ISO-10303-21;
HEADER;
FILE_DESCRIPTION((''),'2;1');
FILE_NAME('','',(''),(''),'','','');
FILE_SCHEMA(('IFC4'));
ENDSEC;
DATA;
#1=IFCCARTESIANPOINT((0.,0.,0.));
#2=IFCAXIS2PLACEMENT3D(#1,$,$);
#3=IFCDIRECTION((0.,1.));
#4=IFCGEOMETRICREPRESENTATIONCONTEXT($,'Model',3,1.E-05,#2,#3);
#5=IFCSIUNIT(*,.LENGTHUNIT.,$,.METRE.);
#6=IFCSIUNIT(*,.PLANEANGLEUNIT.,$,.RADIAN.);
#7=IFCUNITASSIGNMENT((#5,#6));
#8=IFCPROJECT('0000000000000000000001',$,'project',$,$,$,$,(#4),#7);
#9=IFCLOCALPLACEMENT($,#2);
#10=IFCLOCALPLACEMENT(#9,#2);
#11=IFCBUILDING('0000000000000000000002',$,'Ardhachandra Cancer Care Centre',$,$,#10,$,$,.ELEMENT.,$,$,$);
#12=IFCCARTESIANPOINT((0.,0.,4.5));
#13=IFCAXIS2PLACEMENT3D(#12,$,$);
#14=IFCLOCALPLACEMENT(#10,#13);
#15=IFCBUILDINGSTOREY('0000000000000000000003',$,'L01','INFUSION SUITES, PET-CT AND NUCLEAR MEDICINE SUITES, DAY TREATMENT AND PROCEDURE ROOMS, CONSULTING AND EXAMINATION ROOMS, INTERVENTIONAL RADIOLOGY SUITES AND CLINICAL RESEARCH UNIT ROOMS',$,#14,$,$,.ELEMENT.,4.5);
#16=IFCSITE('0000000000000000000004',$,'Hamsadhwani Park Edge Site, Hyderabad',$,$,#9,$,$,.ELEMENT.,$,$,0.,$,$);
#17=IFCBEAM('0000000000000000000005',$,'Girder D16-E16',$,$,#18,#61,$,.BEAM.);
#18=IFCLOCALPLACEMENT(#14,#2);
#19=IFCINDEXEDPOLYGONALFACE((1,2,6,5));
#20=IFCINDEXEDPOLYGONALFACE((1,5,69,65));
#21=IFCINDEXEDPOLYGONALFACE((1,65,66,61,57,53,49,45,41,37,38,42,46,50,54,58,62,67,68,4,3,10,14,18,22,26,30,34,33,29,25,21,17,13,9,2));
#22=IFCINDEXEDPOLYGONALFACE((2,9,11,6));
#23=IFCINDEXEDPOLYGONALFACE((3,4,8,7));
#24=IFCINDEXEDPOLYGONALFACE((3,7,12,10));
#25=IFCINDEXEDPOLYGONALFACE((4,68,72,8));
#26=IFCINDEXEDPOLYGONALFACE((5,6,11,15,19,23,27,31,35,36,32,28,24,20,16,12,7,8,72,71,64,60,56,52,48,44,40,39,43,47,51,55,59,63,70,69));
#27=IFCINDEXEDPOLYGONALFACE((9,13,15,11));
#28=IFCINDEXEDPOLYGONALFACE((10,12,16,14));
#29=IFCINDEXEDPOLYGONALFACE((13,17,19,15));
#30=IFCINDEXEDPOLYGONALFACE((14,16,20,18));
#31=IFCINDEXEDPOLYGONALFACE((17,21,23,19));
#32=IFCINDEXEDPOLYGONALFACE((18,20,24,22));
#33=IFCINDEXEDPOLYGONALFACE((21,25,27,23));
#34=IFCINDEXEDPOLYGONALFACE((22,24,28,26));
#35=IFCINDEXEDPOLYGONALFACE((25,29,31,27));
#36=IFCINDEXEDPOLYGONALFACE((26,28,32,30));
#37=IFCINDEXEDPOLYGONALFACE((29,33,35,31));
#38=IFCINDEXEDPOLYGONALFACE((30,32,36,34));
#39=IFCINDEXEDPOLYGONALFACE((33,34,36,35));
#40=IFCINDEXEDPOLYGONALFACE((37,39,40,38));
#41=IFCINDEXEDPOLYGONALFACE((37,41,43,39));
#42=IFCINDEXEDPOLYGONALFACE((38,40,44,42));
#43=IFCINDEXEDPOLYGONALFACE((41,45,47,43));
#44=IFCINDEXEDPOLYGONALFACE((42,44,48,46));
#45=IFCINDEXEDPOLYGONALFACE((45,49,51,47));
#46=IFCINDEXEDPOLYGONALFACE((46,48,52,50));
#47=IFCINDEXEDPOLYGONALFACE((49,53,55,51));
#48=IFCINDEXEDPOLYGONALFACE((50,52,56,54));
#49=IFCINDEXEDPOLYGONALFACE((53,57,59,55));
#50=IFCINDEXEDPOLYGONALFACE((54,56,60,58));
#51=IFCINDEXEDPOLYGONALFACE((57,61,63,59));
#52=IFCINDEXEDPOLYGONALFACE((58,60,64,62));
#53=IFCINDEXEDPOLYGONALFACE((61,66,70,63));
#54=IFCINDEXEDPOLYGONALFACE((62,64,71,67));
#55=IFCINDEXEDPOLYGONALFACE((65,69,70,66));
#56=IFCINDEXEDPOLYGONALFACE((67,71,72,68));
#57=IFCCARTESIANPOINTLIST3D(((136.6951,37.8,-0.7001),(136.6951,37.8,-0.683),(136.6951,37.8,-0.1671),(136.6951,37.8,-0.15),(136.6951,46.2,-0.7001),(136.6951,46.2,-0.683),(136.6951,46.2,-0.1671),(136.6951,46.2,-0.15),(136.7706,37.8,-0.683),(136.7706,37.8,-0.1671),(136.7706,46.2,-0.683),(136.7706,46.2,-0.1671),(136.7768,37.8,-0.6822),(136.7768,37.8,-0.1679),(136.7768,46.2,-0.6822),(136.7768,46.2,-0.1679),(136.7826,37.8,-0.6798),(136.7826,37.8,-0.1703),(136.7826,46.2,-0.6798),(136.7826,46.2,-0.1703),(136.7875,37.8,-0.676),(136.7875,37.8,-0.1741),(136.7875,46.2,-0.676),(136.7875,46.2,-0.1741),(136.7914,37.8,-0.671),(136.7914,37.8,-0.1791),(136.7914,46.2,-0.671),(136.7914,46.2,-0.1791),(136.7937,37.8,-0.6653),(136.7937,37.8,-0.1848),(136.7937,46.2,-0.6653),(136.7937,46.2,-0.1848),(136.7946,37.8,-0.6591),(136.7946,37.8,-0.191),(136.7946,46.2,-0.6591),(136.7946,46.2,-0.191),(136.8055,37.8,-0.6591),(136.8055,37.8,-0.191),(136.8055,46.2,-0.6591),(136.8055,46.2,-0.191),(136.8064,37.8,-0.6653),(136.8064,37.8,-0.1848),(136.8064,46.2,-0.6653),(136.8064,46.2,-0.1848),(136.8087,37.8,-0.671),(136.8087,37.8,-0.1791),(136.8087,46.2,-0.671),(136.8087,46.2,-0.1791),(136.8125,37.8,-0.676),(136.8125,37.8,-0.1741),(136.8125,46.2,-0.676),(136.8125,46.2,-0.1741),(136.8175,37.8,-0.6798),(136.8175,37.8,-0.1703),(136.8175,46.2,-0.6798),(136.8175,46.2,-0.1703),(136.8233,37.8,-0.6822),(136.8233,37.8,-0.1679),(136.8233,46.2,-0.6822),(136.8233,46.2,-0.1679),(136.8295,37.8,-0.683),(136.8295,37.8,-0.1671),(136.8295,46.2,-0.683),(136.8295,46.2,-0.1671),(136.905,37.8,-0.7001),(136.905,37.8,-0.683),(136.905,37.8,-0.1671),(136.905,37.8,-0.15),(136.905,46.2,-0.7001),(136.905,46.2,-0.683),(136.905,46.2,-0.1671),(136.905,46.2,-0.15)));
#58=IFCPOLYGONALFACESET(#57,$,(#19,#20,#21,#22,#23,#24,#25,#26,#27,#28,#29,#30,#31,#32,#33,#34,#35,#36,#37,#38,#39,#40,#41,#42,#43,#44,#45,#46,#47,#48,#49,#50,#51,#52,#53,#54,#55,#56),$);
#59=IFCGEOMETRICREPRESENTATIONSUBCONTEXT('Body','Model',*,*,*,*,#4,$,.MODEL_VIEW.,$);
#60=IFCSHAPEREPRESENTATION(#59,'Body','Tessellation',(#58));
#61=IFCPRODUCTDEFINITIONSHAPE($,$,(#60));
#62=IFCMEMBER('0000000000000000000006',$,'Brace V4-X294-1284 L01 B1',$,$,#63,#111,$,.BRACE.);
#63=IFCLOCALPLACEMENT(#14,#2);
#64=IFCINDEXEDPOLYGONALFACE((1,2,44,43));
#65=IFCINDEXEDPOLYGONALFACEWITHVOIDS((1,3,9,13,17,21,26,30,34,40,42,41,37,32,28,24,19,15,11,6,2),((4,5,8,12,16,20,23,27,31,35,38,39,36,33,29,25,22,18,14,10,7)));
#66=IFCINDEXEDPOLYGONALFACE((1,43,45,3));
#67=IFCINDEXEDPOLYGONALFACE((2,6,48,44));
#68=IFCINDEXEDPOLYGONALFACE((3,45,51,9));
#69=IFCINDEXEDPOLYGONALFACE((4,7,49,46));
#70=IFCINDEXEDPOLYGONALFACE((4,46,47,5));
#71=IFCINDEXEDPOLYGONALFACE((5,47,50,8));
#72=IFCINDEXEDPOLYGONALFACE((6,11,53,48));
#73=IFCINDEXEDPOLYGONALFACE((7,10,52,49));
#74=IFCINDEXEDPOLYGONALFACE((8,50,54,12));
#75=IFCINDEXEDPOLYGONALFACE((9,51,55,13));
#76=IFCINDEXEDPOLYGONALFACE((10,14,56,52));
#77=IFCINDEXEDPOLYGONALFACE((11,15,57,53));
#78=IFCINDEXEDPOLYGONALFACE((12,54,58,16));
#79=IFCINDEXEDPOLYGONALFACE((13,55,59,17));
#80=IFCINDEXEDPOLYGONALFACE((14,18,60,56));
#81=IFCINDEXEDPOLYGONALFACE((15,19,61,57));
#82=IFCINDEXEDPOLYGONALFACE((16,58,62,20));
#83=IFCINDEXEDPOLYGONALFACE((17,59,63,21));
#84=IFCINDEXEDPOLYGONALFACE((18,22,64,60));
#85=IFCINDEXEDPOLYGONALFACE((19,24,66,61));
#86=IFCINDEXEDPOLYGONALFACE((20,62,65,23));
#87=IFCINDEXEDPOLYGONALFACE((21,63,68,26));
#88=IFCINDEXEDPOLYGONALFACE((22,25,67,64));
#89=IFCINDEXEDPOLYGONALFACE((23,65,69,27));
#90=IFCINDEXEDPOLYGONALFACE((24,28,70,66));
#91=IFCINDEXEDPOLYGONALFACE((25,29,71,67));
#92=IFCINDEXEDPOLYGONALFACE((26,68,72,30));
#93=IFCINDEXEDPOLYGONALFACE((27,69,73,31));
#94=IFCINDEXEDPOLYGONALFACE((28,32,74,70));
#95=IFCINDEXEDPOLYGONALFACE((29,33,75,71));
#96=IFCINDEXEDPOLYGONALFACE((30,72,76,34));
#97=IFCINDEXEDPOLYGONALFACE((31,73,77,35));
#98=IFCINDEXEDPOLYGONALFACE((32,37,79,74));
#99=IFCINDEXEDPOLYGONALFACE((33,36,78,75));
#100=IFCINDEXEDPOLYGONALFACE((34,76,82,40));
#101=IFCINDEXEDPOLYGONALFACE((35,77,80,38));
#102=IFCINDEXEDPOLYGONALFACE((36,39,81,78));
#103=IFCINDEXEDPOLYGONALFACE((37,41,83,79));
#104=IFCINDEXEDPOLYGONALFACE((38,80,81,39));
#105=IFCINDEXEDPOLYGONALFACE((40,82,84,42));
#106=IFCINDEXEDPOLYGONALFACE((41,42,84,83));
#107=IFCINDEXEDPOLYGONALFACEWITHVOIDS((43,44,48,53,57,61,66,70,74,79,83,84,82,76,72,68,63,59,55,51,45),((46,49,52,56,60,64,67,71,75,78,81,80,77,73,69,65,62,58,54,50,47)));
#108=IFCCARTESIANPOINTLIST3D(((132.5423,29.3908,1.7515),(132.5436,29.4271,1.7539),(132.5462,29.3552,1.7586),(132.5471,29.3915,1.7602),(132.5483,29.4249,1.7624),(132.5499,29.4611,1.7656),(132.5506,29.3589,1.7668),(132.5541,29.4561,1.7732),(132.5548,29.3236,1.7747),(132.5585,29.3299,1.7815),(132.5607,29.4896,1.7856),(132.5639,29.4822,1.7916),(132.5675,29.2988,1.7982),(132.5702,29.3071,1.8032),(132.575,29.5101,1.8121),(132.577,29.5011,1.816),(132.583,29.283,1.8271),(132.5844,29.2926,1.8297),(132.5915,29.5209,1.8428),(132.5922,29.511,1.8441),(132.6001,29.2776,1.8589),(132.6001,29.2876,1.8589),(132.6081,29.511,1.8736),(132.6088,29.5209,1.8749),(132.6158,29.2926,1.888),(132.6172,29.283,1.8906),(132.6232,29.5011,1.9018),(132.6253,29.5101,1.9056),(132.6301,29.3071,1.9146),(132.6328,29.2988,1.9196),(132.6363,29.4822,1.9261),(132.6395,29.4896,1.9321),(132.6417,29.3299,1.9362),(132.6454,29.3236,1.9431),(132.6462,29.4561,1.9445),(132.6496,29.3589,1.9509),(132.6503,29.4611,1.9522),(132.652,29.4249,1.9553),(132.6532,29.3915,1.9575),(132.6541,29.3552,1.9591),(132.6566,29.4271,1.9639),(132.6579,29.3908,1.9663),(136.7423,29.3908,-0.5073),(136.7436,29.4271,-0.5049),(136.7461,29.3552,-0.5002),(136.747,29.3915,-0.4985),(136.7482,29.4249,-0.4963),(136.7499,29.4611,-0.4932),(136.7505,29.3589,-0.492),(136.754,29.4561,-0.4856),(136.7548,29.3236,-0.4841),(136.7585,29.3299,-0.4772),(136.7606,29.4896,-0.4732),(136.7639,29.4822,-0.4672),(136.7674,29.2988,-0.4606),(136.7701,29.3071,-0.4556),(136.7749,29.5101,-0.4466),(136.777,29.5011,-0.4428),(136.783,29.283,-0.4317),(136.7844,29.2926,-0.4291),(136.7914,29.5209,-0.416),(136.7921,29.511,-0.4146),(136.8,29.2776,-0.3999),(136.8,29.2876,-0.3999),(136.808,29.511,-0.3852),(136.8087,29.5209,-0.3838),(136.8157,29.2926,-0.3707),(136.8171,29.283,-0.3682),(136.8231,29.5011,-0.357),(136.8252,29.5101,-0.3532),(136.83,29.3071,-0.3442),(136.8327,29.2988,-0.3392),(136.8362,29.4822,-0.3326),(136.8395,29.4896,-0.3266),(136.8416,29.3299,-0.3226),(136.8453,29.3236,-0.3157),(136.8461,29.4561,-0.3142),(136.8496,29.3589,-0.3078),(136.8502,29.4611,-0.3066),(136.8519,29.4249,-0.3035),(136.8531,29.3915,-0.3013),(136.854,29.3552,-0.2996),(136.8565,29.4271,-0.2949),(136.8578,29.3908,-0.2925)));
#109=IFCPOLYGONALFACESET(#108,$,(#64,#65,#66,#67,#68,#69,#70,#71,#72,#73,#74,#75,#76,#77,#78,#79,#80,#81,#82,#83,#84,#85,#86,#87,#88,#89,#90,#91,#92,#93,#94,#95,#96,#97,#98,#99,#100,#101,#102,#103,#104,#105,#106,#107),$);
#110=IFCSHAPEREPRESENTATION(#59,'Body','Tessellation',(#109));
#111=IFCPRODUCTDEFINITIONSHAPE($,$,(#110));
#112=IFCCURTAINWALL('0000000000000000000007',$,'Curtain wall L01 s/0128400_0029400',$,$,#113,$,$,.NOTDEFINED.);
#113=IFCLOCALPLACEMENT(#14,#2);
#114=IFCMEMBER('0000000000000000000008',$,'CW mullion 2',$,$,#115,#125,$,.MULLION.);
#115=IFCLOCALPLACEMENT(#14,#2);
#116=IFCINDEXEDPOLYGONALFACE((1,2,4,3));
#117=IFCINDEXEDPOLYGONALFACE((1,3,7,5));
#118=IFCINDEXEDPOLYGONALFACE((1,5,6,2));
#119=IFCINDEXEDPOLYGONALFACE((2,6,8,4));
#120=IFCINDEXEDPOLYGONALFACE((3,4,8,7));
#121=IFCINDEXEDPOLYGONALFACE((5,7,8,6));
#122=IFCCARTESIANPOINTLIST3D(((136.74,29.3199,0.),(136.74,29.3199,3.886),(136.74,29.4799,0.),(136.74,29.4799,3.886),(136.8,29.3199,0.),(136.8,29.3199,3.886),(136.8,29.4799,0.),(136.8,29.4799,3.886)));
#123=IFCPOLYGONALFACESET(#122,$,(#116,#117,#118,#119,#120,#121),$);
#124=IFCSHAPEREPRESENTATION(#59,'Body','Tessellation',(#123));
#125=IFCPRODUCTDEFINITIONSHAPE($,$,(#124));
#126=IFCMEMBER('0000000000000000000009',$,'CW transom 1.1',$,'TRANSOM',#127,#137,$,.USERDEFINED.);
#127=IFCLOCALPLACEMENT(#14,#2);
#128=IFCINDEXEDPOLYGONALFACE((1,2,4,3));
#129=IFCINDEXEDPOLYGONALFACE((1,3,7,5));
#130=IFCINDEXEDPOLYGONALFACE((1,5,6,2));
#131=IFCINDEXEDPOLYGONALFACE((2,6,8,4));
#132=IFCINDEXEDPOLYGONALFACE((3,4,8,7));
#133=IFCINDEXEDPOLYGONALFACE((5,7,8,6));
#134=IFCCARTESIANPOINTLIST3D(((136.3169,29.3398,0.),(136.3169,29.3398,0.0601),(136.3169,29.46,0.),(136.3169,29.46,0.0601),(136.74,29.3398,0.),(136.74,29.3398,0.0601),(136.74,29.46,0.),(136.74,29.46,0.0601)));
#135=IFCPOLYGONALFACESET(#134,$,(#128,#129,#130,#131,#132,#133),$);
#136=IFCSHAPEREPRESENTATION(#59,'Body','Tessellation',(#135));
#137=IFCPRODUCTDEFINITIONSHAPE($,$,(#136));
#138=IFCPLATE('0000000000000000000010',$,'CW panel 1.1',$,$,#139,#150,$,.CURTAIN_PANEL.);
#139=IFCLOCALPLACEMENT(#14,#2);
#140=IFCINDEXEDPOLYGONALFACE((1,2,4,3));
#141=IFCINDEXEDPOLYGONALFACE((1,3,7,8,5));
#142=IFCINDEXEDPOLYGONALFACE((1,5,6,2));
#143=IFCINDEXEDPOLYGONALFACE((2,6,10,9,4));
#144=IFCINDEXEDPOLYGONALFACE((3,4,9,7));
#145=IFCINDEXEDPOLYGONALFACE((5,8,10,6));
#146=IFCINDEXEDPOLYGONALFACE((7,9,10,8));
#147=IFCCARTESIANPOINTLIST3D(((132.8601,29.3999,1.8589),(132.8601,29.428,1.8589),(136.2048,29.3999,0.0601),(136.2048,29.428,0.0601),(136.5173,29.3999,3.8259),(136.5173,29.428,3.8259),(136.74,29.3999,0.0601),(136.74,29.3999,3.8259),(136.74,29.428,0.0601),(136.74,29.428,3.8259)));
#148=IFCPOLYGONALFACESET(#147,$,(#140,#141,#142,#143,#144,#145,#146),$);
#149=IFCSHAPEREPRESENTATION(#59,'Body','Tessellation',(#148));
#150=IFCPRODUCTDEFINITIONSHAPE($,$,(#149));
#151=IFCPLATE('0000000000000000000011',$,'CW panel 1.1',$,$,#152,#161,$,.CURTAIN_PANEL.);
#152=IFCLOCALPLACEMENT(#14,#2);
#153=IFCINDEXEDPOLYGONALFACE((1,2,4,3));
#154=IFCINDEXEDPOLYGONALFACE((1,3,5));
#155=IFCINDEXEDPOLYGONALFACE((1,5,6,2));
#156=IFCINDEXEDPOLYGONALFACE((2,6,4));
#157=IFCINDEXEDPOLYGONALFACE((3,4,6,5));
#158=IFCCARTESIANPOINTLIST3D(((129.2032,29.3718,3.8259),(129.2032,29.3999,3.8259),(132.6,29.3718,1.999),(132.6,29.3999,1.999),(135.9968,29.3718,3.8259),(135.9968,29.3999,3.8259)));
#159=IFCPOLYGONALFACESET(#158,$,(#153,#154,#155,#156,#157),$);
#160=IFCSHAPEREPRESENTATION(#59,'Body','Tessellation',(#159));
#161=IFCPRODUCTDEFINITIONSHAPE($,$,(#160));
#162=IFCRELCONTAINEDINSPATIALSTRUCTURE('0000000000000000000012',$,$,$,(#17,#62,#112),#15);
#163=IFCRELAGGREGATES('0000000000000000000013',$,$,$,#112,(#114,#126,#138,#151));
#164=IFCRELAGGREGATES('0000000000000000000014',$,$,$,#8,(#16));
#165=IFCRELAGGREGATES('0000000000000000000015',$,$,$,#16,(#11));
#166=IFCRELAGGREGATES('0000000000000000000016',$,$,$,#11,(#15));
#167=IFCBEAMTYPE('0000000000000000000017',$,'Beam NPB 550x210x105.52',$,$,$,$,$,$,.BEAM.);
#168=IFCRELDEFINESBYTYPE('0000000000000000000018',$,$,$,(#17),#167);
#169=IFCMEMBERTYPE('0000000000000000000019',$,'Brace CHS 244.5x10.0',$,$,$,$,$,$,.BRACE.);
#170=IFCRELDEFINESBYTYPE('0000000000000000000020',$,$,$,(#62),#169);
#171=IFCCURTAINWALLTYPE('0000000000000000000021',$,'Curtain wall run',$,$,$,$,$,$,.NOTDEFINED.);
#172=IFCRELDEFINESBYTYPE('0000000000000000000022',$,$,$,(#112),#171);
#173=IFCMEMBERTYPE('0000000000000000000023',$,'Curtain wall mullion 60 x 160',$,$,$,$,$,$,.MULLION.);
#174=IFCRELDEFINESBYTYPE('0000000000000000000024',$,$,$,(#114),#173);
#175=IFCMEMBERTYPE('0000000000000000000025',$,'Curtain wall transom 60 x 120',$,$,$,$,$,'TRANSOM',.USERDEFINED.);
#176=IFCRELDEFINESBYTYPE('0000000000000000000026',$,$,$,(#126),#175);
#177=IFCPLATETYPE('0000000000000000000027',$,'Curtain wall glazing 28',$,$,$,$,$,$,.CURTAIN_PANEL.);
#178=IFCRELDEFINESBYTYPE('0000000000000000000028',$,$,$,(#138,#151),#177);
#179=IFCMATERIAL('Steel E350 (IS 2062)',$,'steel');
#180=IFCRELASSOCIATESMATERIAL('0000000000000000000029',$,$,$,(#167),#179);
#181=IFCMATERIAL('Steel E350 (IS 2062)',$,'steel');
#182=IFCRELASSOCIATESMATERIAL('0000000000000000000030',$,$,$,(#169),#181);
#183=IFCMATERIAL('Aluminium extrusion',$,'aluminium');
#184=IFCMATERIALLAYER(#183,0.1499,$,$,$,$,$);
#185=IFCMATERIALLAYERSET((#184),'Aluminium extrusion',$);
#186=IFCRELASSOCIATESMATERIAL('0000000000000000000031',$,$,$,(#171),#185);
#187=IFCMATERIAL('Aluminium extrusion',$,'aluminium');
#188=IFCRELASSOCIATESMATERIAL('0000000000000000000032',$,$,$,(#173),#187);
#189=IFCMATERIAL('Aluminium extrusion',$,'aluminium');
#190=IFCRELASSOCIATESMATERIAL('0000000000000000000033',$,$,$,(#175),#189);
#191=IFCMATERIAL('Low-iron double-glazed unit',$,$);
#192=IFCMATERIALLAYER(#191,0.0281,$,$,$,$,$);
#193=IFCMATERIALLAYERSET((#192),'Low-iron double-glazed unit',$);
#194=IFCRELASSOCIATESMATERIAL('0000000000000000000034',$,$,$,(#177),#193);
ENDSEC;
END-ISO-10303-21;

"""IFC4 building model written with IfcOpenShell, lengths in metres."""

from ifc_helpers import new_model, si_unit, direction, frame, origin, origin_2d, place, context, subcontext, project, spatial, polyline, rectangle, hollow_circle, i_section, outline, extrude, material, layer, layer_set, material_profile, profile_set, type_object, element, aggregate, save


model = new_model("IFC4")

# Units and contexts
model_context = context("Model", 3, precision=1e-05, world=origin(), true_north=direction((0.0, 1.0)))
body_context = subcontext(model_context, "Body", "Model", "MODEL_VIEW")
ifc_project = project(units=[si_unit("LENGTHUNIT", "METRE"), si_unit("PLANEANGLEUNIT", "RADIAN")], contexts=[model_context])

# Site, building, storey
site_placement = place(None, origin())
site = spatial("IfcSite", under=ifc_project, at=site_placement, Name="Hamsadhwani Park Edge Site, Hyderabad", CompositionType="ELEMENT", RefElevation=0.0)
building_placement = place(site_placement, origin())
building = spatial("IfcBuilding", under=site, at=building_placement, Name="Ardhachandra Cancer Care Centre", CompositionType="ELEMENT")
storey_placement = place(building_placement, frame((0.0, 0.0, 4.5)))
storey = spatial("IfcBuildingStorey", under=building, at=storey_placement, Name="L01", Description="INFUSION SUITES, PET-CT AND NUCLEAR MEDICINE SUITES, DAY TREATMENT AND PROCEDURE ROOMS, CONSULTING AND EXAMINATION ROOMS, INTERVENTIONAL RADIOLOGY SUITES AND CLINICAL RESEARCH UNIT ROOMS", CompositionType="ELEMENT", Elevation=4.5)

# Beam
ifc_material_1 = material(Name="Steel E350 (IS 2062)", Category="steel")
ifc_material_profile_1 = material_profile(ifc_material_1, i_section(OverallWidth=0.21, OverallDepth=0.55, WebThickness=0.011, FlangeThickness=0.0171, FilletRadius=0.0239, at=origin_2d()), Name="NPB 550x210x105.52")
ifc_profile_set_1 = profile_set([ifc_material_profile_1], Name="Steel E350 (IS 2062)")
beam_type = type_object("IfcBeamType", Name="Beam NPB 550x210x105.52", PredefinedType="BEAM", material=ifc_profile_set_1)
beam_placement = place(storey_placement, frame((136.8, 37.8, -0.425), z_axis=(0.0, 1.0, 0.0), x_axis=(-1.0, 0.0, 0.0)))
element("IfcBeam", 1, at=beam_placement, inside=storey, type_object=beam_type, Name="Girder D16-E16", PredefinedType="BEAM", context=body_context, shape_type="SweptSolid", body=[
    extrude(i_section(OverallWidth=0.21, OverallDepth=0.55, WebThickness=0.011, FlangeThickness=0.0171, FilletRadius=0.0239, at=origin_2d()), origin(), (0.0, 0.0, 1.0), 8.3999),
])

# Member
ifc_material_2 = material(Name="Steel E350 (IS 2062)", Category="steel")
ifc_material_profile_2 = material_profile(ifc_material_2, hollow_circle(Radius=0.1223, WallThickness=0.01, at=origin_2d()), Name="CHS 244.5x10.0")
ifc_profile_set_2 = profile_set([ifc_material_profile_2], Name="Steel E350 (IS 2062)")
member_type_1 = type_object("IfcMemberType", Name="Brace CHS 244.5x10.0", PredefinedType="BRACE", material=ifc_profile_set_2)
member_1_placement = place(storey_placement, frame((136.8, 29.3999, -0.3999), z_axis=(-0.880709, 0.0, 0.473657), x_axis=(0.0, -1.0, 0.0)))
element("IfcMember", 2, at=member_1_placement, inside=storey, type_object=member_type_1, Name="Brace V4-X294-1284 L01 B1", PredefinedType="BRACE", context=body_context, shape_type="SweptSolid", body=[
    extrude(hollow_circle(Radius=0.1223, WallThickness=0.01, at=origin_2d()), origin(), (0.0, 0.0, 1.0), 4.7688),
])

# Curtain wall, members, plates
ifc_material_3 = material(Name="Aluminium extrusion", Category="aluminium")
ifc_layer_1 = layer(ifc_material_3, 0.1499)
ifc_layer_set_1 = layer_set([ifc_layer_1], Name="Aluminium extrusion")
curtain_wall_type = type_object("IfcCurtainWallType", Name="Curtain wall run", PredefinedType="NOTDEFINED", material=ifc_layer_set_1)
curtain_wall_placement = place(storey_placement, origin())
curtain_wall = element("IfcCurtainWall", 3, at=curtain_wall_placement, inside=storey, type_object=curtain_wall_type, Name="Curtain wall L01 s/0128400_0029400", PredefinedType="NOTDEFINED")
ifc_material_4 = material(Name="Aluminium extrusion", Category="aluminium")
ifc_material_profile_3 = material_profile(ifc_material_4, rectangle(XDim=0.1599, YDim=0.0601, at=origin_2d()), Name="Curtain wall mullion 60 x 160")
ifc_profile_set_3 = profile_set([ifc_material_profile_3], Name="Aluminium extrusion")
member_type_2 = type_object("IfcMemberType", Name="Curtain wall mullion 60 x 160", PredefinedType="MULLION", material=ifc_profile_set_3)
member_2_placement = place(storey_placement, frame((136.77, 29.3999, 0.0), z_axis=(0.0, 0.0, 1.0), x_axis=(0.0, 1.0, 0.0)))
member_2 = element("IfcMember", 4, at=member_2_placement, type_object=member_type_2, Name="CW mullion 2", PredefinedType="MULLION", context=body_context, shape_type="SweptSolid", body=[
    extrude(rectangle(XDim=0.1599, YDim=0.0601, at=origin_2d()), origin(), (0.0, 0.0, 1.0), 3.886),
])
ifc_material_5 = material(Name="Aluminium extrusion", Category="aluminium")
ifc_material_profile_4 = material_profile(ifc_material_5, rectangle(XDim=0.1201, YDim=0.0601, at=origin_2d()), Name="Curtain wall transom 60 x 120")
ifc_profile_set_4 = profile_set([ifc_material_profile_4], Name="Aluminium extrusion")
member_type_3 = type_object("IfcMemberType", Name="Curtain wall transom 60 x 120", ElementType="TRANSOM", PredefinedType="USERDEFINED", material=ifc_profile_set_4)
member_3_placement = place(storey_placement, frame((136.3169, 29.3999, 0.03), z_axis=(1.0, 0.0, 0.0), x_axis=(0.0, 1.0, 0.0)))
member_3 = element("IfcMember", 5, at=member_3_placement, type_object=member_type_3, Name="CW transom 1.1", ObjectType="TRANSOM", PredefinedType="USERDEFINED", context=body_context, shape_type="SweptSolid", body=[
    extrude(rectangle(XDim=0.1201, YDim=0.0601, at=origin_2d()), origin(), (0.0, 0.0, 1.0), 0.4231),
])
ifc_material_6 = material(Name="Low-iron double-glazed unit")
ifc_layer_2 = layer(ifc_material_6, 0.0281)
ifc_layer_set_2 = layer_set([ifc_layer_2], Name="Low-iron double-glazed unit")
plate_type = type_object("IfcPlateType", Name="Curtain wall glazing 28", PredefinedType="CURTAIN_PANEL", material=ifc_layer_set_2)
plate_1_placement = place(storey_placement, frame((136.74, 29.3999, 3.8259), z_axis=(0.0, 1.0, 0.0), x_axis=(0.0, 0.0, -1.0)))
plate_1 = element("IfcPlate", 6, at=plate_1_placement, type_object=plate_type, Name="CW panel 1.1", PredefinedType="CURTAIN_PANEL", context=body_context, shape_type="SweptSolid", body=[
    extrude(outline(polyline([(0.0, 0.0), (3.7659, 0.0), (3.7659, 0.5352), (1.967, 3.8799), (0.0, 0.2227), (0.0, 0.0)])), origin(), (0.0, 0.0, 1.0), 0.0281),
])
plate_2_placement = place(storey_placement, frame((135.9968, 29.3999, 3.8259), z_axis=(0.0, 1.0, 0.0), x_axis=(-0.880699, 0.0, -0.473677)))
plate_2 = element("IfcPlate", 7, at=plate_2_placement, type_object=plate_type, Name="CW panel 1.1", PredefinedType="CURTAIN_PANEL", context=body_context, shape_type="SweptSolid", body=[
    extrude(outline(polyline([(0.0, 0.0), (3.8569, 0.0), (5.9832, 3.218), (0.0, 0.0)])), frame((0.0, 0.0, -0.0281)), (0.0, 0.0, 1.0), 0.0281),
])
aggregate(curtain_wall, [member_2, member_3, plate_1, plate_2])

save(model, "model.ifc")
